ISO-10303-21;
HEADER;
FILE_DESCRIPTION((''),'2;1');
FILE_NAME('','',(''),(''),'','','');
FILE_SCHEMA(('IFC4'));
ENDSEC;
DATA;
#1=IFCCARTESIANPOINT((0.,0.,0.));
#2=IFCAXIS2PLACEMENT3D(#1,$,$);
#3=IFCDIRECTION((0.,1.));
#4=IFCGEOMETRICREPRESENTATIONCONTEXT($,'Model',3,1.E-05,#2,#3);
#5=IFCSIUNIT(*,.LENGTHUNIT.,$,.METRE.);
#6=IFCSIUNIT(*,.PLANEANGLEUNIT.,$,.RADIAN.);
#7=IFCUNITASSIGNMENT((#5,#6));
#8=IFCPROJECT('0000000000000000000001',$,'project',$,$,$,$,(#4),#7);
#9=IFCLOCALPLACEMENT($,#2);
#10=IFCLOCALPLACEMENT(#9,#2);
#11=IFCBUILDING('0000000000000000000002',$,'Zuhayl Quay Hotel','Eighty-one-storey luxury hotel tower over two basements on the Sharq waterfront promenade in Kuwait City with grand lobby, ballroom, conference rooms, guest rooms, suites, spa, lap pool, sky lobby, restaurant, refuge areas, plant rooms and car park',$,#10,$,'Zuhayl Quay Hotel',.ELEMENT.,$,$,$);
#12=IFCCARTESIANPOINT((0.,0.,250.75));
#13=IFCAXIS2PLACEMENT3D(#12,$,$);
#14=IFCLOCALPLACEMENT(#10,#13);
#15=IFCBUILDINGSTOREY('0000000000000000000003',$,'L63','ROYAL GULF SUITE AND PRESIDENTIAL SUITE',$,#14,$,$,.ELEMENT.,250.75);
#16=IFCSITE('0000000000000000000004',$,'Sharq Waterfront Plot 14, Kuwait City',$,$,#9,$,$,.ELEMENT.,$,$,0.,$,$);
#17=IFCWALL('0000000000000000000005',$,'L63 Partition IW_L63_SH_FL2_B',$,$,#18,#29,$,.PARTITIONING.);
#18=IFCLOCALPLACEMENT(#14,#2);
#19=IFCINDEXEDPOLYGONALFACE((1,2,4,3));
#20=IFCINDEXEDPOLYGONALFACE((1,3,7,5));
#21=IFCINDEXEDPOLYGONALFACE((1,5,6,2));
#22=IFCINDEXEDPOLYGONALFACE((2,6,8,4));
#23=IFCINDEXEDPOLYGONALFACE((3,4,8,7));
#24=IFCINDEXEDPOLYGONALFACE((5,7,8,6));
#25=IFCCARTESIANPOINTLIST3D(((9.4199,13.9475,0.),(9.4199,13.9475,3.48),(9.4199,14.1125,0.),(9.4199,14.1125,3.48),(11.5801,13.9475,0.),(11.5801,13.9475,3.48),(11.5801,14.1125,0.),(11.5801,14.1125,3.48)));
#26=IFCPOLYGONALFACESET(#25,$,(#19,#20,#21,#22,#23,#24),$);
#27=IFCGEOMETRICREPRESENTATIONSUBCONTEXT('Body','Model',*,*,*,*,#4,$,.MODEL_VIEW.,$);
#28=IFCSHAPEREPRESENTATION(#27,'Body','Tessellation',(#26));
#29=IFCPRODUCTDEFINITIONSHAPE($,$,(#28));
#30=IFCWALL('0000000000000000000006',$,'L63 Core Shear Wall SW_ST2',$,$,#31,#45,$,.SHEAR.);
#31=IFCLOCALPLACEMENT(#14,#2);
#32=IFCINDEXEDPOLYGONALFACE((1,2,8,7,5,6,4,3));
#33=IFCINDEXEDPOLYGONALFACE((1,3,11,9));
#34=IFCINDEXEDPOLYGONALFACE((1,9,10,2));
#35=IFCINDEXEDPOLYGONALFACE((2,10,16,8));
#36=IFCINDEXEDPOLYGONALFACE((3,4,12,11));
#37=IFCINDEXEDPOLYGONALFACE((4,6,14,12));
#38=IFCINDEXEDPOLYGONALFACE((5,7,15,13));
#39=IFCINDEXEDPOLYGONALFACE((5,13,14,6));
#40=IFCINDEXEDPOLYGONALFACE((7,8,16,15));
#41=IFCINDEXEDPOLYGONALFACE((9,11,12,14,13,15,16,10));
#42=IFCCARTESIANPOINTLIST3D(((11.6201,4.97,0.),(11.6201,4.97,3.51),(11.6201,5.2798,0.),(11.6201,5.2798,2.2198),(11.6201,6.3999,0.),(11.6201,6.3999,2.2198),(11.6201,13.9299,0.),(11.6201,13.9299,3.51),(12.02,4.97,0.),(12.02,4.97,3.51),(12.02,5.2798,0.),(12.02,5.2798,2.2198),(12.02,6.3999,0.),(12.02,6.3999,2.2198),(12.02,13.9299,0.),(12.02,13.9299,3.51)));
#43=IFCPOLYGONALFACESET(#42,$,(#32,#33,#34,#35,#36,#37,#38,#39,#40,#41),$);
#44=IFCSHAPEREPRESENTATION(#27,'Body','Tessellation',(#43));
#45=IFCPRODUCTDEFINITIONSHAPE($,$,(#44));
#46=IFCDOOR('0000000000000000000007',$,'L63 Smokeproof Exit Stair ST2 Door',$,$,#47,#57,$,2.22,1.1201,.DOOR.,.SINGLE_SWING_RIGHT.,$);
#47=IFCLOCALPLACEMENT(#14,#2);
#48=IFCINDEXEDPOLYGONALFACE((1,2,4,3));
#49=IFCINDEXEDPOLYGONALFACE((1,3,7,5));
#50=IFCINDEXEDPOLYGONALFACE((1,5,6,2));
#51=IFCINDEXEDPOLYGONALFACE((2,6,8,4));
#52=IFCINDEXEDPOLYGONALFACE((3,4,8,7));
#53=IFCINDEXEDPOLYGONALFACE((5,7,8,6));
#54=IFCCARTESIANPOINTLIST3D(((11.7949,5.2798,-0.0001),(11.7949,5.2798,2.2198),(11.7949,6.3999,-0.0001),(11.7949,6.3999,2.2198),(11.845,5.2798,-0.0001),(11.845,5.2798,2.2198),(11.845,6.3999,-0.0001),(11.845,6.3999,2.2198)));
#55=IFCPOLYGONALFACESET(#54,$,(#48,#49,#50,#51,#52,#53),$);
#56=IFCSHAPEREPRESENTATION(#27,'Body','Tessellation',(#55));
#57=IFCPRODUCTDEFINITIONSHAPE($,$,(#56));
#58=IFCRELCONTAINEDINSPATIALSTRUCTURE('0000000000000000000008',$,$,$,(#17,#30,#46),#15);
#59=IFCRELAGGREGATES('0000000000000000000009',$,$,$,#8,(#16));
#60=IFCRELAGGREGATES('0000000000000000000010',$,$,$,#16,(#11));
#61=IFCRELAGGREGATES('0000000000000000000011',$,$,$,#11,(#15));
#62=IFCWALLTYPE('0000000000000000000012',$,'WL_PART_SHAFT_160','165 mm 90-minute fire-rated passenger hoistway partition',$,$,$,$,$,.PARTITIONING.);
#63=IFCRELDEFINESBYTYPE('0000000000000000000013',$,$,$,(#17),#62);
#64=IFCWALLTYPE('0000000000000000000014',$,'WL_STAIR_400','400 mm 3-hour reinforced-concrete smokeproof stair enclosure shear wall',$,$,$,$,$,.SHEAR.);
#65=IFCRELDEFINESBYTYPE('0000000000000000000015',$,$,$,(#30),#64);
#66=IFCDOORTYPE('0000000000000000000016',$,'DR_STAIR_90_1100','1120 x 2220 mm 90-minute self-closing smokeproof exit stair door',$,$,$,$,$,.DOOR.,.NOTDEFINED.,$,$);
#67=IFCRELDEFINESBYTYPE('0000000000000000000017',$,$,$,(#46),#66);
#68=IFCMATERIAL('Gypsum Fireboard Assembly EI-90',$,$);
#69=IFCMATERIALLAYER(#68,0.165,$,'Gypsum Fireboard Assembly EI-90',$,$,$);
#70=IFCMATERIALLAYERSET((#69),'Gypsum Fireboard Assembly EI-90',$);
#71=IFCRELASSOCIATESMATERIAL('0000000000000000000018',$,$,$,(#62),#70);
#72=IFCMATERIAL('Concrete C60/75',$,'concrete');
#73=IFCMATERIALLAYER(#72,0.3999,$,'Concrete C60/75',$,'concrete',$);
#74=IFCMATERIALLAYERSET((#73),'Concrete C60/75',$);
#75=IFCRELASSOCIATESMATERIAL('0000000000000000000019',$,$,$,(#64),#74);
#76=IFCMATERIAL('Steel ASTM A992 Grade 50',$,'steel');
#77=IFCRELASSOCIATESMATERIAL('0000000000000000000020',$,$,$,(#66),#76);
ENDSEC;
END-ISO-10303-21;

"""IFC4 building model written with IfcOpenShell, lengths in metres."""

from ifc_helpers import new_model, si_unit, direction, frame, frame_2d, origin, place, context, subcontext, project, spatial, rectangle, extrude, material, layer, layer_set, type_object, element, fill, save


model = new_model("IFC4")

# Units and contexts
model_context = context("Model", 3, precision=1e-05, world=origin(), true_north=direction((0.0, 1.0)))
body_context = subcontext(model_context, "Body", "Model", "MODEL_VIEW")
ifc_project = project(units=[si_unit("LENGTHUNIT", "METRE"), si_unit("PLANEANGLEUNIT", "RADIAN")], contexts=[model_context])

# Site, building, storey
site_placement = place(None, origin())
site = spatial("IfcSite", under=ifc_project, at=site_placement, Name="Sharq Waterfront Plot 14, Kuwait City", CompositionType="ELEMENT", RefElevation=0.0)
building_placement = place(site_placement, origin())
building = spatial("IfcBuilding", under=site, at=building_placement, Name="Zuhayl Quay Hotel", Description="Eighty-one-storey luxury hotel tower over two basements on the Sharq waterfront promenade in Kuwait City with grand lobby, ballroom, conference rooms, guest rooms, suites, spa, lap pool, sky lobby, restaurant, refuge areas, plant rooms and car park", LongName="Zuhayl Quay Hotel", CompositionType="ELEMENT")
storey_placement = place(building_placement, frame((0.0, 0.0, 250.75)))
storey = spatial("IfcBuildingStorey", under=building, at=storey_placement, Name="L63", Description="ROYAL GULF SUITE AND PRESIDENTIAL SUITE", CompositionType="ELEMENT", Elevation=250.75)

# Shared definitions
ifc_material_1 = material(Name="Steel ASTM A992 Grade 50", Category="steel")

# Wall
ifc_material_2 = material(Name="Gypsum Fireboard Assembly EI-90")
ifc_layer_1 = layer(ifc_material_2, 0.165, Name="Gypsum Fireboard Assembly EI-90")
ifc_layer_set_1 = layer_set([ifc_layer_1], Name="Gypsum Fireboard Assembly EI-90")
wall_type_1 = type_object("IfcWallType", Name="WL_PART_SHAFT_160", Description="165 mm 90-minute fire-rated passenger hoistway partition", PredefinedType="PARTITIONING", material=ifc_layer_set_1)
wall_1_placement = place(storey_placement, frame((9.4199, 14.03, 0.0), z_axis=(0.0, 0.0, 1.0), x_axis=(1.0, 0.0, 0.0)))
element("IfcWall", 1, at=wall_1_placement, inside=storey, type_object=wall_type_1, Name="L63 Partition IW_L63_SH_FL2_B", PredefinedType="PARTITIONING", context=body_context, shape_type="SweptSolid", body=[
    extrude(rectangle(XDim=2.1602, YDim=0.165, at=frame_2d((1.0801, 0.0))), origin(), (0.0, 0.0, 1.0), 3.48),
])

# Wall, opening, door
ifc_material_3 = material(Name="Concrete C60/75", Category="concrete")
ifc_layer_2 = layer(ifc_material_3, 0.3999, Name="Concrete C60/75", Category="concrete")
ifc_layer_set_2 = layer_set([ifc_layer_2], Name="Concrete C60/75")
wall_type_2 = type_object("IfcWallType", Name="WL_STAIR_400", Description="400 mm 3-hour reinforced-concrete smokeproof stair enclosure shear wall", PredefinedType="SHEAR", material=ifc_layer_set_2)
wall_2_placement = place(storey_placement, frame((11.8201, 13.9299, 0.0), z_axis=(0.0, 0.0, 1.0), x_axis=(0.0, -1.0, 0.0)))
wall_2 = element("IfcWall", 2, at=wall_2_placement, inside=storey, type_object=wall_type_2, Name="L63 Core Shear Wall SW_ST2", PredefinedType="SHEAR", context=body_context, shape_type="SweptSolid", body=[
    extrude(rectangle(XDim=8.96, YDim=0.3999, at=frame_2d((4.48, 0.0))), origin(), (0.0, 0.0, 1.0), 3.51),
])
opening_1_placement = place(wall_2_placement, frame((7.53, 0.0, 0.0)))
opening_1 = element("IfcOpeningElement", 3, at=opening_1_placement, cuts=wall_2, PredefinedType="OPENING", context=body_context, shape_type="SweptSolid", body=[
    extrude(rectangle(XDim=1.1201, YDim=2.22, at=frame_2d((0.5601, 1.1099))), frame((0.0, 0.21, 0.0), z_axis=(0.0, -1.0, 0.0), x_axis=(1.0, 0.0, 0.0)), (0.0, 0.0, 1.0), 0.4199),
])
door_type_1 = type_object("IfcDoorType", Name="DR_STAIR_90_1100", Description="1120 x 2220 mm 90-minute self-closing smokeproof exit stair door", OperationType="NOTDEFINED", PredefinedType="DOOR", material=ifc_material_1)
door_1_placement = place(opening_1_placement, origin())
door_1 = element("IfcDoor", 4, at=door_1_placement, inside=storey, type_object=door_type_1, Name="L63 Smokeproof Exit Stair ST2 Door", OperationType="SINGLE_SWING_RIGHT", OverallHeight=2.22, OverallWidth=1.1201, PredefinedType="DOOR", context=body_context, shape_type="SweptSolid", body=[
    extrude(rectangle(XDim=1.1201, YDim=2.22, at=frame_2d((0.5601, 1.1099))), frame((0.0, 0.0249, 0.0), z_axis=(0.0, -1.0, 0.0), x_axis=(1.0, 0.0, 0.0)), (0.0, 0.0, 1.0), 0.05),
])
fill(opening_1, door_1)

save(model, "model.ifc")
